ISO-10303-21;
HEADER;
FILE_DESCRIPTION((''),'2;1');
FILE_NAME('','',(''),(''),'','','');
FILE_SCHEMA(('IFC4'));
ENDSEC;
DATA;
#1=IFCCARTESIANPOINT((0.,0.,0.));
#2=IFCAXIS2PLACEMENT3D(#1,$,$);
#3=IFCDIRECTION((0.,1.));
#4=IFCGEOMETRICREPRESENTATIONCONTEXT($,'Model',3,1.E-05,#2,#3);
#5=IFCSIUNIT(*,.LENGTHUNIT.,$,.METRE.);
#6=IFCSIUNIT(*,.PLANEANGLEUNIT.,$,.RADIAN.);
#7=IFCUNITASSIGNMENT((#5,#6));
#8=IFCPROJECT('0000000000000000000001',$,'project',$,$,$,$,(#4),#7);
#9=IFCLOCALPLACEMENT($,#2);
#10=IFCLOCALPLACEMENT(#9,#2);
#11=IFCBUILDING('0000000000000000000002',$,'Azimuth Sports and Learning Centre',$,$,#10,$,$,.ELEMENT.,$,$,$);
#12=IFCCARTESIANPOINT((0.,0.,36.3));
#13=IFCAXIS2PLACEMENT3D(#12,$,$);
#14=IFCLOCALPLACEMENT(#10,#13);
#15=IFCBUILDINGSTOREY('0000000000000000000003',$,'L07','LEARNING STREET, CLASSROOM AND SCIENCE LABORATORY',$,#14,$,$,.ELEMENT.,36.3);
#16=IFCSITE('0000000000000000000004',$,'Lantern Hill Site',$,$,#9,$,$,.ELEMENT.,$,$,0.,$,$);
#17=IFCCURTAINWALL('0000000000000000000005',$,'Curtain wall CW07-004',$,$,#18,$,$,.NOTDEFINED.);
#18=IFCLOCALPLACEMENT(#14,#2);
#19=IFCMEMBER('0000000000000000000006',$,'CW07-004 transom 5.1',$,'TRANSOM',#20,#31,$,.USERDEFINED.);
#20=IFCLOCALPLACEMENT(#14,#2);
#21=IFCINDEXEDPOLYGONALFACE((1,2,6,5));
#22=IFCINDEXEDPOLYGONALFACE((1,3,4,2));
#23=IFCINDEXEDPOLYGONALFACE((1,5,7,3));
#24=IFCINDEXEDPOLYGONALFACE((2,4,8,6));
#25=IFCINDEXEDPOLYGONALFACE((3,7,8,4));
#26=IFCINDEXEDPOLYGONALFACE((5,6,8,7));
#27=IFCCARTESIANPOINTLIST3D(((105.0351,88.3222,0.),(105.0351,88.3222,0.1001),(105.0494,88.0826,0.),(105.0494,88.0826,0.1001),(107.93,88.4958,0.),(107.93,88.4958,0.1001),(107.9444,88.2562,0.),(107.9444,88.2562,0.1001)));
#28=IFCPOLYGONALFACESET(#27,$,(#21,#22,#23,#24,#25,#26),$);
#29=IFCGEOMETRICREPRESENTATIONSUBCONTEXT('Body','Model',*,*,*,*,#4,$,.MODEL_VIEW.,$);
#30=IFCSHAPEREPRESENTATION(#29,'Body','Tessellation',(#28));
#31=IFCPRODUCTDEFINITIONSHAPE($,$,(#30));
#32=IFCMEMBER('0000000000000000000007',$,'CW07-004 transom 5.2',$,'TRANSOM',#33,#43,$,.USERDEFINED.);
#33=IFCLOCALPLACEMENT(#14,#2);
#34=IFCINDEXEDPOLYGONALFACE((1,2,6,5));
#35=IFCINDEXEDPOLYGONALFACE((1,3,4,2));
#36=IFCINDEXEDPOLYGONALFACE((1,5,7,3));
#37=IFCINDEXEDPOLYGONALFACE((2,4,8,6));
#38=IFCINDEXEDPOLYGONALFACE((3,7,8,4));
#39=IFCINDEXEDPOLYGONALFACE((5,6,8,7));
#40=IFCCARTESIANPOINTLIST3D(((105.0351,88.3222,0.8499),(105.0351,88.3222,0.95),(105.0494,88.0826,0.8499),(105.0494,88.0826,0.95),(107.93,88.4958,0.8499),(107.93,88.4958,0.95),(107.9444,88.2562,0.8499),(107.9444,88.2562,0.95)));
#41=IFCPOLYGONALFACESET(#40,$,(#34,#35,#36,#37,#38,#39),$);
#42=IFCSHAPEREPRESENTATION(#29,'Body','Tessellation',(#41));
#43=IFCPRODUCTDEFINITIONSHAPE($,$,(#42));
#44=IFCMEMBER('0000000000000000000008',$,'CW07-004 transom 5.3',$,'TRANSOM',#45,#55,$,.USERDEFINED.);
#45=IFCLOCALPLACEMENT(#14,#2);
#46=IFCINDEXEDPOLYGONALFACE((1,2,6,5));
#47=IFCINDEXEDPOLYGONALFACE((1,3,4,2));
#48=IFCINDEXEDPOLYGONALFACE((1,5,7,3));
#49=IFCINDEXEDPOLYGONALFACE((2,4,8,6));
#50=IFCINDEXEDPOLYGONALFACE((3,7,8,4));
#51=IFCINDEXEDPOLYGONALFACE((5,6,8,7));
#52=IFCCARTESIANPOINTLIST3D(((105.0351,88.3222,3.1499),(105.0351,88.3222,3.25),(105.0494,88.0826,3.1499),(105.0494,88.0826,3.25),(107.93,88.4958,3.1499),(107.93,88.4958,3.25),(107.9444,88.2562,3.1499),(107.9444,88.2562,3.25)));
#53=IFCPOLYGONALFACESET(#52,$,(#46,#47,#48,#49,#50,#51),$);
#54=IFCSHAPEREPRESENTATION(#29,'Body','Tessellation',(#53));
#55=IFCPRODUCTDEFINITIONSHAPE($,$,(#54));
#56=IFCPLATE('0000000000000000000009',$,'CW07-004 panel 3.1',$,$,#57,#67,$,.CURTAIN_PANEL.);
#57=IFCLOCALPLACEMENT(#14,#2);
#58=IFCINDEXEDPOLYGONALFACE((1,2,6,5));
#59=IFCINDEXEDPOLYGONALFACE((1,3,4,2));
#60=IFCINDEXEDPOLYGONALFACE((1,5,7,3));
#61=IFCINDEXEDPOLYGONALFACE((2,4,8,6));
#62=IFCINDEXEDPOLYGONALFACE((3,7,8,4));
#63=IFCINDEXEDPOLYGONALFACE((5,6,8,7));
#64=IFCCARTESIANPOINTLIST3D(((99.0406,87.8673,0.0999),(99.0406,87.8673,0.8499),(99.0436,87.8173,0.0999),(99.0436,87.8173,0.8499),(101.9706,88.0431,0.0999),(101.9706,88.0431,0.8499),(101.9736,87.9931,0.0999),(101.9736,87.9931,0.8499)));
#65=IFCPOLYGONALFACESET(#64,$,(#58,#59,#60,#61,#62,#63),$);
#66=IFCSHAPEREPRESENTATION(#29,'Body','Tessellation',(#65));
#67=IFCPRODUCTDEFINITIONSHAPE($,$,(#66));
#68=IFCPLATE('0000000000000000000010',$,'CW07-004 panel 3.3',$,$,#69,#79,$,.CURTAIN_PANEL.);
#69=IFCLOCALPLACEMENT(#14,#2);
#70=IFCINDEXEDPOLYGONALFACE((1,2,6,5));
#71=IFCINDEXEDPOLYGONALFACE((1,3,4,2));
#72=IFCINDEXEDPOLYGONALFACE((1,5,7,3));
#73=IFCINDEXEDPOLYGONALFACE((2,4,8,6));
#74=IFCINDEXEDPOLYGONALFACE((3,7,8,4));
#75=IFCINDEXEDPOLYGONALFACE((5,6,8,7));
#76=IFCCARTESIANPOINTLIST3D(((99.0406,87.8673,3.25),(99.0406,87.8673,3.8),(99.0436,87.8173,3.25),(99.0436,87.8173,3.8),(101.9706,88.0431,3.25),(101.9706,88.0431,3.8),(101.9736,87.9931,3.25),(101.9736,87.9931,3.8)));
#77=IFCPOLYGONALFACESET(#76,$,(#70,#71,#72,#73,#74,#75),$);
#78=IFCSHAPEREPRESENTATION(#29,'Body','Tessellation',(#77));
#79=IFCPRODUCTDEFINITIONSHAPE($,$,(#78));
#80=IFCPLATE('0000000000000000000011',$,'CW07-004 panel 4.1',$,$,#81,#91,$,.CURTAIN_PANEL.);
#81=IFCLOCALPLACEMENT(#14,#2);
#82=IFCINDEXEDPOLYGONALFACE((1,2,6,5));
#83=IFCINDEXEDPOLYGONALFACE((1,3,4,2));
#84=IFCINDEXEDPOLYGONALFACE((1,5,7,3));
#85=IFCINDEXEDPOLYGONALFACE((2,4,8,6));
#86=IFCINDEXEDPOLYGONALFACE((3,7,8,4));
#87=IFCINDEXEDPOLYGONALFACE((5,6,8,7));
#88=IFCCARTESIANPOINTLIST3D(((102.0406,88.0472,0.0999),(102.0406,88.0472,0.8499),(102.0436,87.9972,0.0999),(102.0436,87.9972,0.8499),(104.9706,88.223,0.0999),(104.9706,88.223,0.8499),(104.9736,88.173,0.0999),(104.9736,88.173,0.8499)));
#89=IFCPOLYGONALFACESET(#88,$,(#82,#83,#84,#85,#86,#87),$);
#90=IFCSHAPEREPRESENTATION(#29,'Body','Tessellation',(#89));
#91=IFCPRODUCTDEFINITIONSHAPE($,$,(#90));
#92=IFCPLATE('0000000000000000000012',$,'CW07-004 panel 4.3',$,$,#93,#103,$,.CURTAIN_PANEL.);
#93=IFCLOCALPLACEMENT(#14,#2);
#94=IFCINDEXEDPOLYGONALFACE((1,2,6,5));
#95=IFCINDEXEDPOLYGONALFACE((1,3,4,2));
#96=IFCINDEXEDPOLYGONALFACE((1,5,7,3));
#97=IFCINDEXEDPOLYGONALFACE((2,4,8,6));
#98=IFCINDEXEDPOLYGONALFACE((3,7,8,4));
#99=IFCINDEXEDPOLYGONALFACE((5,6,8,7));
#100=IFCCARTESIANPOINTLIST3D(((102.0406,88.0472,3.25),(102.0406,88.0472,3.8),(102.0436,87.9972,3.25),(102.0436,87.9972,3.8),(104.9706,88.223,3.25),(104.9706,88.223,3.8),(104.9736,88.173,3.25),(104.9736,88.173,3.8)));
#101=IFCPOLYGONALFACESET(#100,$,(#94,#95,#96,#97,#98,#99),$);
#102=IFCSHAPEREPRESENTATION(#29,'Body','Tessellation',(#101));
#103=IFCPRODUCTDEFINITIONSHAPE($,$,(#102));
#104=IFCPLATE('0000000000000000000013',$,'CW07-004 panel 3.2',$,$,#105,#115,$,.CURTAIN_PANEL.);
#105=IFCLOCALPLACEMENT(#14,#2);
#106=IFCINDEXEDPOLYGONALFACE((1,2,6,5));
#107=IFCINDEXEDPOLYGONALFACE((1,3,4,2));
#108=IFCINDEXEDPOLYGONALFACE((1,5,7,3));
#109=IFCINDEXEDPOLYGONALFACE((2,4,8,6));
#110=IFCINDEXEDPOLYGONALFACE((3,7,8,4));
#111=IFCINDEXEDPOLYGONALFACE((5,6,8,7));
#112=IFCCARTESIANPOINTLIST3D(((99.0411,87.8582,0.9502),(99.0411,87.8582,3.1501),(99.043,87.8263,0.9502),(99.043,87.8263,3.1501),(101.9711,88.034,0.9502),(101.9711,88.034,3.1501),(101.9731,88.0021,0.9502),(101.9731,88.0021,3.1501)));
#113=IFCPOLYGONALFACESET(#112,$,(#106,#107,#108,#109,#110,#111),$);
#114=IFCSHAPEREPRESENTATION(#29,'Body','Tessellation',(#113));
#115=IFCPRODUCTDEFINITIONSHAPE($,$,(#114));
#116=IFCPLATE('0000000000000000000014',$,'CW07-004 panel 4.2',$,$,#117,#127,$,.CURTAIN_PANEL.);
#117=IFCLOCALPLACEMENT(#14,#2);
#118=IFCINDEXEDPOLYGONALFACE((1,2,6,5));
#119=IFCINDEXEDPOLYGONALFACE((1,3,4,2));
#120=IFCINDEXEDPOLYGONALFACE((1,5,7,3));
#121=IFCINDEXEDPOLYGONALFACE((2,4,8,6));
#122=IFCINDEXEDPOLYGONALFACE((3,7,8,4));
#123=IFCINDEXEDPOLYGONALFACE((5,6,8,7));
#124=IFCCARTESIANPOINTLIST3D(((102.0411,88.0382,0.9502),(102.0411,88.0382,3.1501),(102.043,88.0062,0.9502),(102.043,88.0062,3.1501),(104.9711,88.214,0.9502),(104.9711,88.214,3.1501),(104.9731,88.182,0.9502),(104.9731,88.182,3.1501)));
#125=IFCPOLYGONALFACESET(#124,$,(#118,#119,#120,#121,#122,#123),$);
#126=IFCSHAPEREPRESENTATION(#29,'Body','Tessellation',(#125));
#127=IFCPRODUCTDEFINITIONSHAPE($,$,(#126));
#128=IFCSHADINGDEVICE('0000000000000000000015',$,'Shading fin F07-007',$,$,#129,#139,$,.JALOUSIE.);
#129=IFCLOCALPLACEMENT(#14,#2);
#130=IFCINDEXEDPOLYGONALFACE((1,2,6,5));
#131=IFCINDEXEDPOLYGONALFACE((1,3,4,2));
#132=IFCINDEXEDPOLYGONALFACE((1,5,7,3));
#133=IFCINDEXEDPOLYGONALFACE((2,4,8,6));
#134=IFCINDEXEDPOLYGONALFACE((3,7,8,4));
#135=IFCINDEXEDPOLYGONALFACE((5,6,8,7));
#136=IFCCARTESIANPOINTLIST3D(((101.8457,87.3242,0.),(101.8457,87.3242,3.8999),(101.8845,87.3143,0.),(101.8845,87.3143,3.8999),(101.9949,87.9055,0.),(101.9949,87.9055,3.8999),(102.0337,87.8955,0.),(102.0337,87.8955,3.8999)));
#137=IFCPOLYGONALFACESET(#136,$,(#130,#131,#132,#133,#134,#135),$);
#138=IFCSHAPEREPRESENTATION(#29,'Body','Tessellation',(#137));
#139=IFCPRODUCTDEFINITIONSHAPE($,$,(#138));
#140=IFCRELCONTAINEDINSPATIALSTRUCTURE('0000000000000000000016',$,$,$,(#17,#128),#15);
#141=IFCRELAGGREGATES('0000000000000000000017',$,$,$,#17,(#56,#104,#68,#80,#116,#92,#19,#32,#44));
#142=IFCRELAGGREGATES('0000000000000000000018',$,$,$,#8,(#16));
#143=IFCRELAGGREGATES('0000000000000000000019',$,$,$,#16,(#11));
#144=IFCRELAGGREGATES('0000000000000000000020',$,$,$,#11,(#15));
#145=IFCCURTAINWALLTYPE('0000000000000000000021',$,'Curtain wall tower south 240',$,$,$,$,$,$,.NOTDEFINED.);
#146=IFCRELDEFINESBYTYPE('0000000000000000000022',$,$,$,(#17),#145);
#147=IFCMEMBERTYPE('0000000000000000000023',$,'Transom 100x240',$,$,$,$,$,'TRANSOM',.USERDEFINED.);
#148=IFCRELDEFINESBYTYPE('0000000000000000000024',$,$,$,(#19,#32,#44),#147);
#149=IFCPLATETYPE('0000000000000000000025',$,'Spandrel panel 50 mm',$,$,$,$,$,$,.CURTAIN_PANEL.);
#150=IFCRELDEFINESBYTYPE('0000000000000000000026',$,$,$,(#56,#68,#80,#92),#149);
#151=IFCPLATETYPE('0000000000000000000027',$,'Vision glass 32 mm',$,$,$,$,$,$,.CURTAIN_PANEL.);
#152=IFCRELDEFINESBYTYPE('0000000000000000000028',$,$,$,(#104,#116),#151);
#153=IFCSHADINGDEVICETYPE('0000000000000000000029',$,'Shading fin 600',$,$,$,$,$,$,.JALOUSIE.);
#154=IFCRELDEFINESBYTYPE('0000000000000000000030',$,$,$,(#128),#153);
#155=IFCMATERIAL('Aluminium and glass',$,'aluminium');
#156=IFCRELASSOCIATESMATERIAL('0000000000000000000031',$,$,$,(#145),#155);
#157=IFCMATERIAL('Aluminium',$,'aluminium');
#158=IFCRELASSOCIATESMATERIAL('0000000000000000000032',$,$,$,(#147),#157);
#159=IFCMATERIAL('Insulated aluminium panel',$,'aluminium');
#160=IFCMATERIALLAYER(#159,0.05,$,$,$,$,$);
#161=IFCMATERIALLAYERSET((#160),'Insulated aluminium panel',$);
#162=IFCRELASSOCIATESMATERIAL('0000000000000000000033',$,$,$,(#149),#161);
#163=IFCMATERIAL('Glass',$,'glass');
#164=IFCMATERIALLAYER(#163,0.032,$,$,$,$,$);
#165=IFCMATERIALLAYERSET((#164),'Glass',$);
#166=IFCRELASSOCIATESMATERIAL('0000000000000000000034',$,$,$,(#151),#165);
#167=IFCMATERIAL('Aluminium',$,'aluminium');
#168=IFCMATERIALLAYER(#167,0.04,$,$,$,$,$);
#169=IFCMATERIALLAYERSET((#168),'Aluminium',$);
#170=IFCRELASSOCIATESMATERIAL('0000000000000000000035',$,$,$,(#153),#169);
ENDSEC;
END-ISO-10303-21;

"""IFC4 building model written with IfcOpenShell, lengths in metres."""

from ifc_helpers import new_model, si_unit, direction, frame, origin, origin_2d, place, context, subcontext, project, spatial, rectangle, extrude, material, layer, layer_set, material_profile, profile_set, type_object, element, aggregate, save


model = new_model("IFC4")

# Units and contexts
model_context = context("Model", 3, precision=1e-05, world=origin(), true_north=direction((0.0, 1.0)))
body_context = subcontext(model_context, "Body", "Model", "MODEL_VIEW")
ifc_project = project(units=[si_unit("LENGTHUNIT", "METRE"), si_unit("PLANEANGLEUNIT", "RADIAN")], contexts=[model_context])

# Site, building, storey
site_placement = place(None, origin())
site = spatial("IfcSite", under=ifc_project, at=site_placement, Name="Lantern Hill Site", CompositionType="ELEMENT", RefElevation=0.0)
building_placement = place(site_placement, origin())
building = spatial("IfcBuilding", under=site, at=building_placement, Name="Azimuth Sports and Learning Centre", CompositionType="ELEMENT")
storey_placement = place(building_placement, frame((0.0, 0.0, 36.3)))
storey = spatial("IfcBuildingStorey", under=building, at=storey_placement, Name="L07", Description="LEARNING STREET, CLASSROOM AND SCIENCE LABORATORY", CompositionType="ELEMENT", Elevation=36.3)

# Curtain wall, members, plates
ifc_material_1 = material(Name="Aluminium and glass", Category="aluminium")
curtain_wall_type = type_object("IfcCurtainWallType", Name="Curtain wall tower south 240", PredefinedType="NOTDEFINED", material=ifc_material_1)
curtain_wall_placement = place(storey_placement, origin())
curtain_wall = element("IfcCurtainWall", 1, at=curtain_wall_placement, inside=storey, type_object=curtain_wall_type, Name="Curtain wall CW07-004", PredefinedType="NOTDEFINED")
ifc_material_2 = material(Name="Aluminium", Category="aluminium")
ifc_material_profile_1 = material_profile(ifc_material_2, rectangle(XDim=0.24, YDim=0.1001, at=origin_2d()), Name="Transom 100x240")
ifc_profile_set_1 = profile_set([ifc_material_profile_1], Name="Aluminium")
member_type_1 = type_object("IfcMemberType", Name="Transom 100x240", ElementType="TRANSOM", PredefinedType="USERDEFINED", material=ifc_profile_set_1)
member_1_placement = place(storey_placement, frame((105.0422, 88.2024, 0.05), z_axis=(0.998207, 0.059852, 0.0), x_axis=(-0.059852, 0.998207, 0.0)))
member_1 = element("IfcMember", 2, at=member_1_placement, type_object=member_type_1, Name="CW07-004 transom 5.1", ObjectType="TRANSOM", PredefinedType="USERDEFINED", context=body_context, shape_type="SweptSolid", body=[
    extrude(rectangle(XDim=0.24, YDim=0.1001, at=origin_2d()), origin(), (0.0, 0.0, 1.0), 2.9001),
])
member_2_placement = place(storey_placement, frame((105.0422, 88.2024, 0.8999), z_axis=(0.998207, 0.059852, 0.0), x_axis=(-0.059852, 0.998207, 0.0)))
member_2 = element("IfcMember", 3, at=member_2_placement, type_object=member_type_1, Name="CW07-004 transom 5.2", ObjectType="TRANSOM", PredefinedType="USERDEFINED", context=body_context, shape_type="SweptSolid", body=[
    extrude(rectangle(XDim=0.24, YDim=0.1001, at=origin_2d()), origin(), (0.0, 0.0, 1.0), 2.9001),
])
member_3_placement = place(storey_placement, frame((105.0422, 88.2024, 3.2), z_axis=(0.998207, 0.059852, 0.0), x_axis=(-0.059852, 0.998207, 0.0)))
member_3 = element("IfcMember", 4, at=member_3_placement, type_object=member_type_1, Name="CW07-004 transom 5.3", ObjectType="TRANSOM", PredefinedType="USERDEFINED", context=body_context, shape_type="SweptSolid", body=[
    extrude(rectangle(XDim=0.24, YDim=0.1001, at=origin_2d()), origin(), (0.0, 0.0, 1.0), 2.9001),
])
ifc_material_3 = material(Name="Insulated aluminium panel", Category="aluminium")
ifc_layer_1 = layer(ifc_material_3, 0.05)
ifc_layer_set_1 = layer_set([ifc_layer_1], Name="Insulated aluminium panel")
plate_type_1 = type_object("IfcPlateType", Name="Spandrel panel 50 mm", PredefinedType="CURTAIN_PANEL", material=ifc_layer_set_1)
plate_1_placement = place(storey_placement, frame((100.5071, 87.9302, 0.0999), z_axis=(0.0, 0.0, 1.0), x_axis=(0.998205, 0.059892, 0.0)))
plate_1 = element("IfcPlate", 5, at=plate_1_placement, type_object=plate_type_1, Name="CW07-004 panel 3.1", PredefinedType="CURTAIN_PANEL", context=body_context, shape_type="SweptSolid", body=[
    extrude(rectangle(XDim=2.9353, YDim=0.05, at=origin_2d()), origin(), (0.0, 0.0, 1.0), 0.75),
])
plate_2_placement = place(storey_placement, frame((100.5071, 87.9302, 3.25), z_axis=(0.0, 0.0, 1.0), x_axis=(0.998205, 0.059892, 0.0)))
plate_2 = element("IfcPlate", 6, at=plate_2_placement, type_object=plate_type_1, Name="CW07-004 panel 3.3", PredefinedType="CURTAIN_PANEL", context=body_context, shape_type="SweptSolid", body=[
    extrude(rectangle(XDim=2.9353, YDim=0.05, at=origin_2d()), origin(), (0.0, 0.0, 1.0), 0.55),
])
plate_3_placement = place(storey_placement, frame((103.5071, 88.1101, 0.0999), z_axis=(0.0, 0.0, 1.0), x_axis=(0.998205, 0.059892, 0.0)))
plate_3 = element("IfcPlate", 7, at=plate_3_placement, type_object=plate_type_1, Name="CW07-004 panel 4.1", PredefinedType="CURTAIN_PANEL", context=body_context, shape_type="SweptSolid", body=[
    extrude(rectangle(XDim=2.9353, YDim=0.05, at=origin_2d()), origin(), (0.0, 0.0, 1.0), 0.75),
])
plate_4_placement = place(storey_placement, frame((103.5071, 88.1101, 3.25), z_axis=(0.0, 0.0, 1.0), x_axis=(0.998205, 0.059892, 0.0)))
plate_4 = element("IfcPlate", 8, at=plate_4_placement, type_object=plate_type_1, Name="CW07-004 panel 4.3", PredefinedType="CURTAIN_PANEL", context=body_context, shape_type="SweptSolid", body=[
    extrude(rectangle(XDim=2.9353, YDim=0.05, at=origin_2d()), origin(), (0.0, 0.0, 1.0), 0.55),
])
ifc_material_4 = material(Name="Glass", Category="glass")
ifc_layer_2 = layer(ifc_material_4, 0.032)
ifc_layer_set_2 = layer_set([ifc_layer_2], Name="Glass")
plate_type_2 = type_object("IfcPlateType", Name="Vision glass 32 mm", PredefinedType="CURTAIN_PANEL", material=ifc_layer_set_2)
plate_5_placement = place(storey_placement, frame((100.5071, 87.9302, 0.9502), z_axis=(0.0, 0.0, 1.0), x_axis=(0.998205, 0.059892, 0.0)))
plate_5 = element("IfcPlate", 9, at=plate_5_placement, type_object=plate_type_2, Name="CW07-004 panel 3.2", PredefinedType="CURTAIN_PANEL", context=body_context, shape_type="SweptSolid", body=[
    extrude(rectangle(XDim=2.9353, YDim=0.032, at=origin_2d()), origin(), (0.0, 0.0, 1.0), 2.2),
])
plate_6_placement = place(storey_placement, frame((103.5071, 88.1101, 0.9502), z_axis=(0.0, 0.0, 1.0), x_axis=(0.998205, 0.059892, 0.0)))
plate_6 = element("IfcPlate", 10, at=plate_6_placement, type_object=plate_type_2, Name="CW07-004 panel 4.2", PredefinedType="CURTAIN_PANEL", context=body_context, shape_type="SweptSolid", body=[
    extrude(rectangle(XDim=2.9353, YDim=0.032, at=origin_2d()), origin(), (0.0, 0.0, 1.0), 2.2),
])
aggregate(curtain_wall, [plate_1, plate_5, plate_2, plate_3, plate_6, plate_4, member_1, member_2, member_3])

# Shading device
ifc_material_5 = material(Name="Aluminium", Category="aluminium")
ifc_layer_3 = layer(ifc_material_5, 0.04)
ifc_layer_set_3 = layer_set([ifc_layer_3], Name="Aluminium")
shading_device_type = type_object("IfcShadingDeviceType", Name="Shading fin 600", PredefinedType="JALOUSIE", material=ifc_layer_set_3)
shading_device_placement = place(storey_placement, frame((101.9397, 87.6099, 0.0), z_axis=(0.0, 0.0, 1.0), x_axis=(-0.248721, -0.968575, 0.0)))
element("IfcShadingDevice", 11, at=shading_device_placement, inside=storey, type_object=shading_device_type, Name="Shading fin F07-007", PredefinedType="JALOUSIE", context=body_context, shape_type="SweptSolid", body=[
    extrude(rectangle(XDim=0.6001, YDim=0.04, at=origin_2d()), origin(), (0.0, 0.0, 1.0), 3.8999),
])

save(model, "model.ifc")
